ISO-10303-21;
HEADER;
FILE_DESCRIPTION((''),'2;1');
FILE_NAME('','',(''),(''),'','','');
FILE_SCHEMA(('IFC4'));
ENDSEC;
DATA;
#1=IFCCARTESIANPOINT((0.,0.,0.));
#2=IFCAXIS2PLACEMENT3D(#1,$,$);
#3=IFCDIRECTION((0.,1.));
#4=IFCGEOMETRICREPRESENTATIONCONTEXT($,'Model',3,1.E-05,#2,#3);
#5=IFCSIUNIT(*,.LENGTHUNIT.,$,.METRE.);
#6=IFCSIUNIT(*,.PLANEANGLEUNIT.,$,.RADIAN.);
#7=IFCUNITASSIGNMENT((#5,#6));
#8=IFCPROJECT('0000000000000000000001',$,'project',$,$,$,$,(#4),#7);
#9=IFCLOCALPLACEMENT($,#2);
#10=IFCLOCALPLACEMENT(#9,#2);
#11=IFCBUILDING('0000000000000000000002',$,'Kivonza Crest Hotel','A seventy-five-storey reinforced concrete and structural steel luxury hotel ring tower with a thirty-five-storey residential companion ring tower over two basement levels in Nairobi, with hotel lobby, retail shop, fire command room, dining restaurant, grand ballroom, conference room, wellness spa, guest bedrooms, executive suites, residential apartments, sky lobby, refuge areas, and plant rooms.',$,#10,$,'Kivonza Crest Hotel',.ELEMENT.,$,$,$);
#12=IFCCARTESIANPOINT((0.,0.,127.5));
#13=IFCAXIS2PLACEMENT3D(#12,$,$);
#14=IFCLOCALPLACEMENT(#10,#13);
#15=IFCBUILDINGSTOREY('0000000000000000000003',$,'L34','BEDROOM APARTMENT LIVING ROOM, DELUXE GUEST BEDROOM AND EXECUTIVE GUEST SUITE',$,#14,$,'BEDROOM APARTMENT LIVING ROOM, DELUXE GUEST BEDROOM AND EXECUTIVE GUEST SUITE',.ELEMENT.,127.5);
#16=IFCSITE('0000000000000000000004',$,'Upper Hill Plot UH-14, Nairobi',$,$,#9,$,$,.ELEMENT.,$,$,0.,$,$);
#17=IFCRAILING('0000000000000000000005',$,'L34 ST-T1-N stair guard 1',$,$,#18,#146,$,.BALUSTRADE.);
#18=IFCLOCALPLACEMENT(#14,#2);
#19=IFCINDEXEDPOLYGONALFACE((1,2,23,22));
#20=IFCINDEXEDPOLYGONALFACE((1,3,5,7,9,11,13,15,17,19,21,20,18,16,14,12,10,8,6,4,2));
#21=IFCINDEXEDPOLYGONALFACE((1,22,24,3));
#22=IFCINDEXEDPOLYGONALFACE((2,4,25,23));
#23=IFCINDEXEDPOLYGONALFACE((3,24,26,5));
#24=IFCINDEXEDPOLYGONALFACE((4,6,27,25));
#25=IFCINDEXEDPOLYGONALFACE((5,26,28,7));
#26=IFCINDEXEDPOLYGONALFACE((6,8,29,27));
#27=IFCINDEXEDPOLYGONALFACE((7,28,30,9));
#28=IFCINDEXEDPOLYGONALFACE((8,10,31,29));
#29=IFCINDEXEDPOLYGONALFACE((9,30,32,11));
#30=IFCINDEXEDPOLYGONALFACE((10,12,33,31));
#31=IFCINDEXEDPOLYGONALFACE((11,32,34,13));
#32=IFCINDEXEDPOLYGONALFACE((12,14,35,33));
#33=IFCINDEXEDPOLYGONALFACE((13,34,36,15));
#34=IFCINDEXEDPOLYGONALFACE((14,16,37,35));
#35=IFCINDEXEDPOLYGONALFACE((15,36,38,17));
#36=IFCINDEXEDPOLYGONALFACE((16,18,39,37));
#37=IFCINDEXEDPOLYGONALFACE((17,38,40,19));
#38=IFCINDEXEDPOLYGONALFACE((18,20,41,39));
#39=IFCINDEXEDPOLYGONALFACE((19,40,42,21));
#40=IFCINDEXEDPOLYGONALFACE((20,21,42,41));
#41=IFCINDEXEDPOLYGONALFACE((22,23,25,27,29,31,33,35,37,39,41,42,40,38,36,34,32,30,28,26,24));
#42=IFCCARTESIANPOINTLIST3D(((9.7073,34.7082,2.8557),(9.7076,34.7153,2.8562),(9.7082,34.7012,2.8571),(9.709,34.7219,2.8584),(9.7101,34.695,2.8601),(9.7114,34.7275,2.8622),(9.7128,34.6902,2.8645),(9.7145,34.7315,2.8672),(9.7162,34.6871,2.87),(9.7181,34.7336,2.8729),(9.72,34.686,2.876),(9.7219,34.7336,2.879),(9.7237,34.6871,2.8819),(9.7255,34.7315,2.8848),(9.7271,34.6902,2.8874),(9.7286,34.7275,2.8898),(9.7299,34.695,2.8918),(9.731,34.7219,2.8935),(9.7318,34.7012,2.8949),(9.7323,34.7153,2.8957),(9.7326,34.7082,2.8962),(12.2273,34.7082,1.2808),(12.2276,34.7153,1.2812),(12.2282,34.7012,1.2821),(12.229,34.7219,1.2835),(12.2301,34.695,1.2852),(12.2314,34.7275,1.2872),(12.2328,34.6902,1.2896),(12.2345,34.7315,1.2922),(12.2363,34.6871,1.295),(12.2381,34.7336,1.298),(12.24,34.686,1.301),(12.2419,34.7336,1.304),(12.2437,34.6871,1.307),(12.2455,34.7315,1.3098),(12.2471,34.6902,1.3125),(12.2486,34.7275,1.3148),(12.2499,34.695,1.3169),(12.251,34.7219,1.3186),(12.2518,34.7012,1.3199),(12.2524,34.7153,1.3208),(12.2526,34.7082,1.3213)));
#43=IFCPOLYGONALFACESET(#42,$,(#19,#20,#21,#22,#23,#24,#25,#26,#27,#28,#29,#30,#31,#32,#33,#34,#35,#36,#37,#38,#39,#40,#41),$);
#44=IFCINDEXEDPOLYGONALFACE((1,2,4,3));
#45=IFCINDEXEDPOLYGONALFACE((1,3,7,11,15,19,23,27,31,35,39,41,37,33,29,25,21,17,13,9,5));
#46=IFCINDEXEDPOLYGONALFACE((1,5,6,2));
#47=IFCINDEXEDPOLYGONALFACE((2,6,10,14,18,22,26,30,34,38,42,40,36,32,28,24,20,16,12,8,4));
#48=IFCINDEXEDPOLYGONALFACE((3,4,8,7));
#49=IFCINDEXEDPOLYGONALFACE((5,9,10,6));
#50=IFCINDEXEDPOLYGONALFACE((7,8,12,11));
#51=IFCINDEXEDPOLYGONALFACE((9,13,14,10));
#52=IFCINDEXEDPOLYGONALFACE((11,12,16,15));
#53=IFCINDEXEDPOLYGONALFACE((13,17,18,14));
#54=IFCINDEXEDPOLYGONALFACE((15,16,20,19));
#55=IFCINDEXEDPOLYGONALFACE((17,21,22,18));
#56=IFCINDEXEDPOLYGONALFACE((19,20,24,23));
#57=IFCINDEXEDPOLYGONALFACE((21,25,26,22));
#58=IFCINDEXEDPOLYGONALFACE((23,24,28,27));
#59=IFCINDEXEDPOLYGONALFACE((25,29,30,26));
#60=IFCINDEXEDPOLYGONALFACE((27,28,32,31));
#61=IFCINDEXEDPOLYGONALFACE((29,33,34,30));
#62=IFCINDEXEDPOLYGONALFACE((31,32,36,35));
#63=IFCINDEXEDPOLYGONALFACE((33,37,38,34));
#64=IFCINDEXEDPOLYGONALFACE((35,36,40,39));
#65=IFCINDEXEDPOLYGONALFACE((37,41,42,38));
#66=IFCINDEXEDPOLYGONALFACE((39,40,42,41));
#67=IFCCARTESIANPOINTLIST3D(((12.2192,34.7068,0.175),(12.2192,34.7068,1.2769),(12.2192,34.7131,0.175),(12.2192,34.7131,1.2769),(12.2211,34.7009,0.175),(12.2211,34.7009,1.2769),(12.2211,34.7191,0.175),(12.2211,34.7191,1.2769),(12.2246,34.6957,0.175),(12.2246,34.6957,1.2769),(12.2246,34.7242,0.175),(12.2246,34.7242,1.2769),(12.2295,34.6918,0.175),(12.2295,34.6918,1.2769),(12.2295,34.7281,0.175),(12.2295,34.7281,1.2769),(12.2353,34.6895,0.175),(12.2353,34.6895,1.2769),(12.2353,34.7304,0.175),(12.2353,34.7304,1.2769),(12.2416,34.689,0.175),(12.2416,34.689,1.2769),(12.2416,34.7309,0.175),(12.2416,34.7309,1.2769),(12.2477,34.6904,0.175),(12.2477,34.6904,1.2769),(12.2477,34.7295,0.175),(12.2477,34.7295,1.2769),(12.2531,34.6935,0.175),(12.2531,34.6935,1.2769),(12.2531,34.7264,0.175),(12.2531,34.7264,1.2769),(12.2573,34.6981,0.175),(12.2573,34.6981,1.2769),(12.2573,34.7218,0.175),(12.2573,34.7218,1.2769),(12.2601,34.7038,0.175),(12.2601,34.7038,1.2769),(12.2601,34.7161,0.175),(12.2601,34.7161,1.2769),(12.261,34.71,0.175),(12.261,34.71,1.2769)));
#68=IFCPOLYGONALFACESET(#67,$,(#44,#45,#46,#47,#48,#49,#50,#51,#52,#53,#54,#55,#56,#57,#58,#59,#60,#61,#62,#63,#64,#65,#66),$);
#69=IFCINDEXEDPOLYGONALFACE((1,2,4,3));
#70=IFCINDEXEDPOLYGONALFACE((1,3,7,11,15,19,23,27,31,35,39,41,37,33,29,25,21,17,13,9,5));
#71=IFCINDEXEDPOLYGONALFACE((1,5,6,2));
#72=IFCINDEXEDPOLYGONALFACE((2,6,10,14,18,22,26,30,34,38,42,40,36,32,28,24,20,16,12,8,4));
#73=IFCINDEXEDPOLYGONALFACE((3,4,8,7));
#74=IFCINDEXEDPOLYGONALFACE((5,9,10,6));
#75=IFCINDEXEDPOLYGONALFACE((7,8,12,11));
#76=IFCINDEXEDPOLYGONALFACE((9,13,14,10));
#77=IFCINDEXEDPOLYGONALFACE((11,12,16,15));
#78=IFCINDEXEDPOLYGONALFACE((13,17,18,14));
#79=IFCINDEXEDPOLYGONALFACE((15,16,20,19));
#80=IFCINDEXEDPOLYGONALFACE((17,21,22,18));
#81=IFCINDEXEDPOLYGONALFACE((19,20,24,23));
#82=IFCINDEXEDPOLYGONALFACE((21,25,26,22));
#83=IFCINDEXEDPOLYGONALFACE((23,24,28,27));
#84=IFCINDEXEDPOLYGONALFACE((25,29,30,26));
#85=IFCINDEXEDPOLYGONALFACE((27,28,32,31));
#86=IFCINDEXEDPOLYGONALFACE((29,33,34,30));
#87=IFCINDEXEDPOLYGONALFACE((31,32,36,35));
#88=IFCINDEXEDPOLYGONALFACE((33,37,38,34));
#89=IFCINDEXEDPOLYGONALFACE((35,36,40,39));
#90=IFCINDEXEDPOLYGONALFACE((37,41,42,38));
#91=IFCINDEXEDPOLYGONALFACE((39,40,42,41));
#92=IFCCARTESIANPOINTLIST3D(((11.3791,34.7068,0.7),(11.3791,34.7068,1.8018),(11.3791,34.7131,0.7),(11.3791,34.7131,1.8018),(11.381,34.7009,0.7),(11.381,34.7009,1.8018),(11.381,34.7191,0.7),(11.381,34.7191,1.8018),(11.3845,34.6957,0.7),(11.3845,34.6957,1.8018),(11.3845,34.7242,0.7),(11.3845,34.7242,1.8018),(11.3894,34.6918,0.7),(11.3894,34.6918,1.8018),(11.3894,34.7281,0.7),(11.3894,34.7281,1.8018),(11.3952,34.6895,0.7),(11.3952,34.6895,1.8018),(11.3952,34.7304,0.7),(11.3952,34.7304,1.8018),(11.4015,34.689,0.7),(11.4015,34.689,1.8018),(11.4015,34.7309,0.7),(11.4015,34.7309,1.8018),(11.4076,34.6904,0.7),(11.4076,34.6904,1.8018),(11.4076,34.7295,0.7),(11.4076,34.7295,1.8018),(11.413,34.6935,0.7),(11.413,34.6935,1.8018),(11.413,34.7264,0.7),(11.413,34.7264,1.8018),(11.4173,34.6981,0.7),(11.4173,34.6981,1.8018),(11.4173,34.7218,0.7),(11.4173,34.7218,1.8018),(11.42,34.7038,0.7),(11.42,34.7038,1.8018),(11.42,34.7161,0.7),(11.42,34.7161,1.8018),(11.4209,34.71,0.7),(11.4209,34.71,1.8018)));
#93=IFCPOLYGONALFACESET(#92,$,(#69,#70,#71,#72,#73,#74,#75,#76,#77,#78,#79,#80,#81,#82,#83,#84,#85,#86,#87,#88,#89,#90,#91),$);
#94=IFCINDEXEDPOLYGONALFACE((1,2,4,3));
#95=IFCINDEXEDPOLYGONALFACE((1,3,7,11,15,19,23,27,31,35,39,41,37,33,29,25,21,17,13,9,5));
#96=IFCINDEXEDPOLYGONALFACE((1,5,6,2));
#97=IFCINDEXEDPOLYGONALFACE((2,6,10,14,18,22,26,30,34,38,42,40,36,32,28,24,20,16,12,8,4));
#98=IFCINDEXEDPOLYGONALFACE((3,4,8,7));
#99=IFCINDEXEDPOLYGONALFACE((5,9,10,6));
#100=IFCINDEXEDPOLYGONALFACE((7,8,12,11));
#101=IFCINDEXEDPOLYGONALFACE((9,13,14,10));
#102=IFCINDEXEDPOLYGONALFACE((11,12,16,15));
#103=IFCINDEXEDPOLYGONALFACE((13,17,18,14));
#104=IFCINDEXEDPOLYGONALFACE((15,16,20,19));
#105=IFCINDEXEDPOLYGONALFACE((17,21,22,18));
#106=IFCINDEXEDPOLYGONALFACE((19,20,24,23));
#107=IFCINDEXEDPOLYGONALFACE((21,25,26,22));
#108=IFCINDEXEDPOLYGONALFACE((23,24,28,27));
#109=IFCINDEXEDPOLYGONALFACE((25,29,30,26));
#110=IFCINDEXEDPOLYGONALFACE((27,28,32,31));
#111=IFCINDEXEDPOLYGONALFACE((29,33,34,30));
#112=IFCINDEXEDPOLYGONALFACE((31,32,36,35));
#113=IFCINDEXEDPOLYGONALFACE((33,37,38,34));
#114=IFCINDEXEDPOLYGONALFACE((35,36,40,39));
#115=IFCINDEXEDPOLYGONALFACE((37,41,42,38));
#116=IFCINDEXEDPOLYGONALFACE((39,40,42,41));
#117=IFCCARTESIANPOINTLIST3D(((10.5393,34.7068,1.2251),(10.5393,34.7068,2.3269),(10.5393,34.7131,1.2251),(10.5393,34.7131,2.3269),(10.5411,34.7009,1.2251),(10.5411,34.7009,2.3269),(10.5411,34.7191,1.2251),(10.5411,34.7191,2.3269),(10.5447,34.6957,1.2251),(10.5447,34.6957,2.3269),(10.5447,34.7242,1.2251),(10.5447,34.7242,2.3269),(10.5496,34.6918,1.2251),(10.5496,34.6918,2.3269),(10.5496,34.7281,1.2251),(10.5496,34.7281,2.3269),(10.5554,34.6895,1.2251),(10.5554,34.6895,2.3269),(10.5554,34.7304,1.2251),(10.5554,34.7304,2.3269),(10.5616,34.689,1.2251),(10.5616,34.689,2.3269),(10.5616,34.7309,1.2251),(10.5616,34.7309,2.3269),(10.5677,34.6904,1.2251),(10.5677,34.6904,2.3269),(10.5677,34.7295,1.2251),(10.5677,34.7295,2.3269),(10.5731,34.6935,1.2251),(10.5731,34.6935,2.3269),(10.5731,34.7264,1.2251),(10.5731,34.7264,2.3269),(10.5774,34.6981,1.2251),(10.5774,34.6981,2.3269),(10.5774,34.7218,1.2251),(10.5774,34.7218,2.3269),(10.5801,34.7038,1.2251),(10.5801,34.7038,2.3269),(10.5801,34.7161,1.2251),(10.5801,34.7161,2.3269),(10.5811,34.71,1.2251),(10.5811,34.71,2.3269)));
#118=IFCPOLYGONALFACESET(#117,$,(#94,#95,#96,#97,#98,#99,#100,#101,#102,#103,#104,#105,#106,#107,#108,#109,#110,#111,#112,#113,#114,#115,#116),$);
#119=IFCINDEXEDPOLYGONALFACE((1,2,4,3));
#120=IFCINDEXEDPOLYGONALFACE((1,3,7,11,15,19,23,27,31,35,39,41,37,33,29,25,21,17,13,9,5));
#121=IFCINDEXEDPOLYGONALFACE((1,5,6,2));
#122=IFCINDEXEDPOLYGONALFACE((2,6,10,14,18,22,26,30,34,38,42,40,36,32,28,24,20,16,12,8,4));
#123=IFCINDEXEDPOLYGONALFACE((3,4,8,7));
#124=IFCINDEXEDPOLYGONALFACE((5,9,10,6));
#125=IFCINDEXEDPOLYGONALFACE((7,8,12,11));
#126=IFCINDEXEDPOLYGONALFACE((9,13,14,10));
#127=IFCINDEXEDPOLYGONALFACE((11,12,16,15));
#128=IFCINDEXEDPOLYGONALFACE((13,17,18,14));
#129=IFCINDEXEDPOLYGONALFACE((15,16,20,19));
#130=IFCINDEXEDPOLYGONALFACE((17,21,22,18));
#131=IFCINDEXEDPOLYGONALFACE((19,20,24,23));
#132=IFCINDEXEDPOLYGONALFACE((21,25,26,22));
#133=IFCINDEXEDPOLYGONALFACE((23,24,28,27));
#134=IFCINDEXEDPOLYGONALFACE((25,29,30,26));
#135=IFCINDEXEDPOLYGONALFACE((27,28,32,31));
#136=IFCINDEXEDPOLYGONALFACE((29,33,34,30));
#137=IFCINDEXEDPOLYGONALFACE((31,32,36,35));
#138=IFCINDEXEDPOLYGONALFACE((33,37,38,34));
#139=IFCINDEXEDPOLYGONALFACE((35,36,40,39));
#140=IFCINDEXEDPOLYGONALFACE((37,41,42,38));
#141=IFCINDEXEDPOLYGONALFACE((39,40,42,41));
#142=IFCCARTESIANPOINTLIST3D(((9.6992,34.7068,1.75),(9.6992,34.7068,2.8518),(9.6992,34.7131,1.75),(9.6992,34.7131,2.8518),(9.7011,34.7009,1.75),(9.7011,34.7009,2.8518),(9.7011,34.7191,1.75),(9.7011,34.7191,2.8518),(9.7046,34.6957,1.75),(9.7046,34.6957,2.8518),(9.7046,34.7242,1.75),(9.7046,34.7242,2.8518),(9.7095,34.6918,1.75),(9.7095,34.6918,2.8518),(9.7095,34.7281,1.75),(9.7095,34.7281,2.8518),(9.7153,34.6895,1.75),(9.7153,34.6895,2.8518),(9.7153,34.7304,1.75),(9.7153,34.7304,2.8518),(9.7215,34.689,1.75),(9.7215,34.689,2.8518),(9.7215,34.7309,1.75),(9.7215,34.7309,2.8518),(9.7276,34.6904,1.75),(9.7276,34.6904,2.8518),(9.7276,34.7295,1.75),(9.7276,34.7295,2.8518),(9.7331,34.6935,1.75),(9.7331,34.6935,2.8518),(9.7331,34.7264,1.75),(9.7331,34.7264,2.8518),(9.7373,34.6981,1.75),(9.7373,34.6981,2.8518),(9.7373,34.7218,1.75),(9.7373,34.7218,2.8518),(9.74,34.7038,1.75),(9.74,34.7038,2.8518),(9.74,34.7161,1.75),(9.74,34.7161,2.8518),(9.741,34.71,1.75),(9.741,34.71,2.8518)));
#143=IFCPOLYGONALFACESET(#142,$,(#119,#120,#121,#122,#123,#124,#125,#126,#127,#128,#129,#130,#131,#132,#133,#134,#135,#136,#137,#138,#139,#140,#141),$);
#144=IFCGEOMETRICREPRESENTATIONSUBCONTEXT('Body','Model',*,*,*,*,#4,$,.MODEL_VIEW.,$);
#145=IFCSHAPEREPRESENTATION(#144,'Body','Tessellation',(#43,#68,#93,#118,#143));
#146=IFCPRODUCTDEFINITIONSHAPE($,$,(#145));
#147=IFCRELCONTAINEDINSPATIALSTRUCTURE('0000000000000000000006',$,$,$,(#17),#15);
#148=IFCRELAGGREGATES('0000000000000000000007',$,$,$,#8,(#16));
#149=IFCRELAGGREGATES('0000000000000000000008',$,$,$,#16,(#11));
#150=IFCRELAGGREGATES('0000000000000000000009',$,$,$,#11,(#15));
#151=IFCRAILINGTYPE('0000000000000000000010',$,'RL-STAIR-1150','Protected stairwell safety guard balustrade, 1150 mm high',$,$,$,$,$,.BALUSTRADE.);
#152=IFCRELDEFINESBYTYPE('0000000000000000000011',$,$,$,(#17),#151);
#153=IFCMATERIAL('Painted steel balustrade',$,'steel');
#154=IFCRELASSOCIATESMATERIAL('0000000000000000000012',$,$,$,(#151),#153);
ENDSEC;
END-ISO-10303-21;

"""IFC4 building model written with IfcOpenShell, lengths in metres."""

from ifc_helpers import new_model, si_unit, direction, frame, origin, origin_2d, place, context, subcontext, project, spatial, circle, extrude, material, type_object, element, save


model = new_model("IFC4")

# Units and contexts
model_context = context("Model", 3, precision=1e-05, world=origin(), true_north=direction((0.0, 1.0)))
body_context = subcontext(model_context, "Body", "Model", "MODEL_VIEW")
ifc_project = project(units=[si_unit("LENGTHUNIT", "METRE"), si_unit("PLANEANGLEUNIT", "RADIAN")], contexts=[model_context])

# Site, building, storey
site_placement = place(None, origin())
site = spatial("IfcSite", under=ifc_project, at=site_placement, Name="Upper Hill Plot UH-14, Nairobi", CompositionType="ELEMENT", RefElevation=0.0)
building_placement = place(site_placement, origin())
building = spatial("IfcBuilding", under=site, at=building_placement, Name="Kivonza Crest Hotel", Description="A seventy-five-storey reinforced concrete and structural steel luxury hotel ring tower with a thirty-five-storey residential companion ring tower over two basement levels in Nairobi, with hotel lobby, retail shop, fire command room, dining restaurant, grand ballroom, conference room, wellness spa, guest bedrooms, executive suites, residential apartments, sky lobby, refuge areas, and plant rooms.", LongName="Kivonza Crest Hotel", CompositionType="ELEMENT")
storey_placement = place(building_placement, frame((0.0, 0.0, 127.5)))
storey = spatial("IfcBuildingStorey", under=building, at=storey_placement, Name="L34", Description="BEDROOM APARTMENT LIVING ROOM, DELUXE GUEST BEDROOM AND EXECUTIVE GUEST SUITE", LongName="BEDROOM APARTMENT LIVING ROOM, DELUXE GUEST BEDROOM AND EXECUTIVE GUEST SUITE", CompositionType="ELEMENT", Elevation=127.5)

# Railing
ifc_material_1 = material(Name="Painted steel balustrade", Category="steel")
railing_type_1 = type_object("IfcRailingType", Name="RL-STAIR-1150", Description="Protected stairwell safety guard balustrade, 1150 mm high", PredefinedType="BALUSTRADE", material=ifc_material_1)
railing_1_placement = place(storey_placement, frame((12.24, 34.71, 0.175)))
element("IfcRailing", 1, at=railing_1_placement, inside=storey, type_object=railing_type_1, Name="L34 ST-T1-N stair guard 1", PredefinedType="BALUSTRADE", context=body_context, shape_type="SweptSolid", body=[
    extrude(circle(Radius=0.0239, at=origin_2d()), frame((0.0, 0.0, 1.126), z_axis=(-0.848008, 0.0, 0.529984), x_axis=(0.0, -1.0, 0.0)), (0.0, 0.0, 1.0), 2.9717),
    extrude(circle(Radius=0.021, at=origin_2d()), origin(), (0.0, 0.0, 1.0), 1.1018),
    extrude(circle(Radius=0.021, at=origin_2d()), frame((-0.8401, 0.0, 0.5249)), (0.0, 0.0, 1.0), 1.1018),
    extrude(circle(Radius=0.021, at=origin_2d()), frame((-1.6799, 0.0, 1.05)), (0.0, 0.0, 1.0), 1.1018),
    extrude(circle(Radius=0.021, at=origin_2d()), frame((-2.52, 0.0, 1.575)), (0.0, 0.0, 1.0), 1.1018),
])

save(model, "model.ifc")
